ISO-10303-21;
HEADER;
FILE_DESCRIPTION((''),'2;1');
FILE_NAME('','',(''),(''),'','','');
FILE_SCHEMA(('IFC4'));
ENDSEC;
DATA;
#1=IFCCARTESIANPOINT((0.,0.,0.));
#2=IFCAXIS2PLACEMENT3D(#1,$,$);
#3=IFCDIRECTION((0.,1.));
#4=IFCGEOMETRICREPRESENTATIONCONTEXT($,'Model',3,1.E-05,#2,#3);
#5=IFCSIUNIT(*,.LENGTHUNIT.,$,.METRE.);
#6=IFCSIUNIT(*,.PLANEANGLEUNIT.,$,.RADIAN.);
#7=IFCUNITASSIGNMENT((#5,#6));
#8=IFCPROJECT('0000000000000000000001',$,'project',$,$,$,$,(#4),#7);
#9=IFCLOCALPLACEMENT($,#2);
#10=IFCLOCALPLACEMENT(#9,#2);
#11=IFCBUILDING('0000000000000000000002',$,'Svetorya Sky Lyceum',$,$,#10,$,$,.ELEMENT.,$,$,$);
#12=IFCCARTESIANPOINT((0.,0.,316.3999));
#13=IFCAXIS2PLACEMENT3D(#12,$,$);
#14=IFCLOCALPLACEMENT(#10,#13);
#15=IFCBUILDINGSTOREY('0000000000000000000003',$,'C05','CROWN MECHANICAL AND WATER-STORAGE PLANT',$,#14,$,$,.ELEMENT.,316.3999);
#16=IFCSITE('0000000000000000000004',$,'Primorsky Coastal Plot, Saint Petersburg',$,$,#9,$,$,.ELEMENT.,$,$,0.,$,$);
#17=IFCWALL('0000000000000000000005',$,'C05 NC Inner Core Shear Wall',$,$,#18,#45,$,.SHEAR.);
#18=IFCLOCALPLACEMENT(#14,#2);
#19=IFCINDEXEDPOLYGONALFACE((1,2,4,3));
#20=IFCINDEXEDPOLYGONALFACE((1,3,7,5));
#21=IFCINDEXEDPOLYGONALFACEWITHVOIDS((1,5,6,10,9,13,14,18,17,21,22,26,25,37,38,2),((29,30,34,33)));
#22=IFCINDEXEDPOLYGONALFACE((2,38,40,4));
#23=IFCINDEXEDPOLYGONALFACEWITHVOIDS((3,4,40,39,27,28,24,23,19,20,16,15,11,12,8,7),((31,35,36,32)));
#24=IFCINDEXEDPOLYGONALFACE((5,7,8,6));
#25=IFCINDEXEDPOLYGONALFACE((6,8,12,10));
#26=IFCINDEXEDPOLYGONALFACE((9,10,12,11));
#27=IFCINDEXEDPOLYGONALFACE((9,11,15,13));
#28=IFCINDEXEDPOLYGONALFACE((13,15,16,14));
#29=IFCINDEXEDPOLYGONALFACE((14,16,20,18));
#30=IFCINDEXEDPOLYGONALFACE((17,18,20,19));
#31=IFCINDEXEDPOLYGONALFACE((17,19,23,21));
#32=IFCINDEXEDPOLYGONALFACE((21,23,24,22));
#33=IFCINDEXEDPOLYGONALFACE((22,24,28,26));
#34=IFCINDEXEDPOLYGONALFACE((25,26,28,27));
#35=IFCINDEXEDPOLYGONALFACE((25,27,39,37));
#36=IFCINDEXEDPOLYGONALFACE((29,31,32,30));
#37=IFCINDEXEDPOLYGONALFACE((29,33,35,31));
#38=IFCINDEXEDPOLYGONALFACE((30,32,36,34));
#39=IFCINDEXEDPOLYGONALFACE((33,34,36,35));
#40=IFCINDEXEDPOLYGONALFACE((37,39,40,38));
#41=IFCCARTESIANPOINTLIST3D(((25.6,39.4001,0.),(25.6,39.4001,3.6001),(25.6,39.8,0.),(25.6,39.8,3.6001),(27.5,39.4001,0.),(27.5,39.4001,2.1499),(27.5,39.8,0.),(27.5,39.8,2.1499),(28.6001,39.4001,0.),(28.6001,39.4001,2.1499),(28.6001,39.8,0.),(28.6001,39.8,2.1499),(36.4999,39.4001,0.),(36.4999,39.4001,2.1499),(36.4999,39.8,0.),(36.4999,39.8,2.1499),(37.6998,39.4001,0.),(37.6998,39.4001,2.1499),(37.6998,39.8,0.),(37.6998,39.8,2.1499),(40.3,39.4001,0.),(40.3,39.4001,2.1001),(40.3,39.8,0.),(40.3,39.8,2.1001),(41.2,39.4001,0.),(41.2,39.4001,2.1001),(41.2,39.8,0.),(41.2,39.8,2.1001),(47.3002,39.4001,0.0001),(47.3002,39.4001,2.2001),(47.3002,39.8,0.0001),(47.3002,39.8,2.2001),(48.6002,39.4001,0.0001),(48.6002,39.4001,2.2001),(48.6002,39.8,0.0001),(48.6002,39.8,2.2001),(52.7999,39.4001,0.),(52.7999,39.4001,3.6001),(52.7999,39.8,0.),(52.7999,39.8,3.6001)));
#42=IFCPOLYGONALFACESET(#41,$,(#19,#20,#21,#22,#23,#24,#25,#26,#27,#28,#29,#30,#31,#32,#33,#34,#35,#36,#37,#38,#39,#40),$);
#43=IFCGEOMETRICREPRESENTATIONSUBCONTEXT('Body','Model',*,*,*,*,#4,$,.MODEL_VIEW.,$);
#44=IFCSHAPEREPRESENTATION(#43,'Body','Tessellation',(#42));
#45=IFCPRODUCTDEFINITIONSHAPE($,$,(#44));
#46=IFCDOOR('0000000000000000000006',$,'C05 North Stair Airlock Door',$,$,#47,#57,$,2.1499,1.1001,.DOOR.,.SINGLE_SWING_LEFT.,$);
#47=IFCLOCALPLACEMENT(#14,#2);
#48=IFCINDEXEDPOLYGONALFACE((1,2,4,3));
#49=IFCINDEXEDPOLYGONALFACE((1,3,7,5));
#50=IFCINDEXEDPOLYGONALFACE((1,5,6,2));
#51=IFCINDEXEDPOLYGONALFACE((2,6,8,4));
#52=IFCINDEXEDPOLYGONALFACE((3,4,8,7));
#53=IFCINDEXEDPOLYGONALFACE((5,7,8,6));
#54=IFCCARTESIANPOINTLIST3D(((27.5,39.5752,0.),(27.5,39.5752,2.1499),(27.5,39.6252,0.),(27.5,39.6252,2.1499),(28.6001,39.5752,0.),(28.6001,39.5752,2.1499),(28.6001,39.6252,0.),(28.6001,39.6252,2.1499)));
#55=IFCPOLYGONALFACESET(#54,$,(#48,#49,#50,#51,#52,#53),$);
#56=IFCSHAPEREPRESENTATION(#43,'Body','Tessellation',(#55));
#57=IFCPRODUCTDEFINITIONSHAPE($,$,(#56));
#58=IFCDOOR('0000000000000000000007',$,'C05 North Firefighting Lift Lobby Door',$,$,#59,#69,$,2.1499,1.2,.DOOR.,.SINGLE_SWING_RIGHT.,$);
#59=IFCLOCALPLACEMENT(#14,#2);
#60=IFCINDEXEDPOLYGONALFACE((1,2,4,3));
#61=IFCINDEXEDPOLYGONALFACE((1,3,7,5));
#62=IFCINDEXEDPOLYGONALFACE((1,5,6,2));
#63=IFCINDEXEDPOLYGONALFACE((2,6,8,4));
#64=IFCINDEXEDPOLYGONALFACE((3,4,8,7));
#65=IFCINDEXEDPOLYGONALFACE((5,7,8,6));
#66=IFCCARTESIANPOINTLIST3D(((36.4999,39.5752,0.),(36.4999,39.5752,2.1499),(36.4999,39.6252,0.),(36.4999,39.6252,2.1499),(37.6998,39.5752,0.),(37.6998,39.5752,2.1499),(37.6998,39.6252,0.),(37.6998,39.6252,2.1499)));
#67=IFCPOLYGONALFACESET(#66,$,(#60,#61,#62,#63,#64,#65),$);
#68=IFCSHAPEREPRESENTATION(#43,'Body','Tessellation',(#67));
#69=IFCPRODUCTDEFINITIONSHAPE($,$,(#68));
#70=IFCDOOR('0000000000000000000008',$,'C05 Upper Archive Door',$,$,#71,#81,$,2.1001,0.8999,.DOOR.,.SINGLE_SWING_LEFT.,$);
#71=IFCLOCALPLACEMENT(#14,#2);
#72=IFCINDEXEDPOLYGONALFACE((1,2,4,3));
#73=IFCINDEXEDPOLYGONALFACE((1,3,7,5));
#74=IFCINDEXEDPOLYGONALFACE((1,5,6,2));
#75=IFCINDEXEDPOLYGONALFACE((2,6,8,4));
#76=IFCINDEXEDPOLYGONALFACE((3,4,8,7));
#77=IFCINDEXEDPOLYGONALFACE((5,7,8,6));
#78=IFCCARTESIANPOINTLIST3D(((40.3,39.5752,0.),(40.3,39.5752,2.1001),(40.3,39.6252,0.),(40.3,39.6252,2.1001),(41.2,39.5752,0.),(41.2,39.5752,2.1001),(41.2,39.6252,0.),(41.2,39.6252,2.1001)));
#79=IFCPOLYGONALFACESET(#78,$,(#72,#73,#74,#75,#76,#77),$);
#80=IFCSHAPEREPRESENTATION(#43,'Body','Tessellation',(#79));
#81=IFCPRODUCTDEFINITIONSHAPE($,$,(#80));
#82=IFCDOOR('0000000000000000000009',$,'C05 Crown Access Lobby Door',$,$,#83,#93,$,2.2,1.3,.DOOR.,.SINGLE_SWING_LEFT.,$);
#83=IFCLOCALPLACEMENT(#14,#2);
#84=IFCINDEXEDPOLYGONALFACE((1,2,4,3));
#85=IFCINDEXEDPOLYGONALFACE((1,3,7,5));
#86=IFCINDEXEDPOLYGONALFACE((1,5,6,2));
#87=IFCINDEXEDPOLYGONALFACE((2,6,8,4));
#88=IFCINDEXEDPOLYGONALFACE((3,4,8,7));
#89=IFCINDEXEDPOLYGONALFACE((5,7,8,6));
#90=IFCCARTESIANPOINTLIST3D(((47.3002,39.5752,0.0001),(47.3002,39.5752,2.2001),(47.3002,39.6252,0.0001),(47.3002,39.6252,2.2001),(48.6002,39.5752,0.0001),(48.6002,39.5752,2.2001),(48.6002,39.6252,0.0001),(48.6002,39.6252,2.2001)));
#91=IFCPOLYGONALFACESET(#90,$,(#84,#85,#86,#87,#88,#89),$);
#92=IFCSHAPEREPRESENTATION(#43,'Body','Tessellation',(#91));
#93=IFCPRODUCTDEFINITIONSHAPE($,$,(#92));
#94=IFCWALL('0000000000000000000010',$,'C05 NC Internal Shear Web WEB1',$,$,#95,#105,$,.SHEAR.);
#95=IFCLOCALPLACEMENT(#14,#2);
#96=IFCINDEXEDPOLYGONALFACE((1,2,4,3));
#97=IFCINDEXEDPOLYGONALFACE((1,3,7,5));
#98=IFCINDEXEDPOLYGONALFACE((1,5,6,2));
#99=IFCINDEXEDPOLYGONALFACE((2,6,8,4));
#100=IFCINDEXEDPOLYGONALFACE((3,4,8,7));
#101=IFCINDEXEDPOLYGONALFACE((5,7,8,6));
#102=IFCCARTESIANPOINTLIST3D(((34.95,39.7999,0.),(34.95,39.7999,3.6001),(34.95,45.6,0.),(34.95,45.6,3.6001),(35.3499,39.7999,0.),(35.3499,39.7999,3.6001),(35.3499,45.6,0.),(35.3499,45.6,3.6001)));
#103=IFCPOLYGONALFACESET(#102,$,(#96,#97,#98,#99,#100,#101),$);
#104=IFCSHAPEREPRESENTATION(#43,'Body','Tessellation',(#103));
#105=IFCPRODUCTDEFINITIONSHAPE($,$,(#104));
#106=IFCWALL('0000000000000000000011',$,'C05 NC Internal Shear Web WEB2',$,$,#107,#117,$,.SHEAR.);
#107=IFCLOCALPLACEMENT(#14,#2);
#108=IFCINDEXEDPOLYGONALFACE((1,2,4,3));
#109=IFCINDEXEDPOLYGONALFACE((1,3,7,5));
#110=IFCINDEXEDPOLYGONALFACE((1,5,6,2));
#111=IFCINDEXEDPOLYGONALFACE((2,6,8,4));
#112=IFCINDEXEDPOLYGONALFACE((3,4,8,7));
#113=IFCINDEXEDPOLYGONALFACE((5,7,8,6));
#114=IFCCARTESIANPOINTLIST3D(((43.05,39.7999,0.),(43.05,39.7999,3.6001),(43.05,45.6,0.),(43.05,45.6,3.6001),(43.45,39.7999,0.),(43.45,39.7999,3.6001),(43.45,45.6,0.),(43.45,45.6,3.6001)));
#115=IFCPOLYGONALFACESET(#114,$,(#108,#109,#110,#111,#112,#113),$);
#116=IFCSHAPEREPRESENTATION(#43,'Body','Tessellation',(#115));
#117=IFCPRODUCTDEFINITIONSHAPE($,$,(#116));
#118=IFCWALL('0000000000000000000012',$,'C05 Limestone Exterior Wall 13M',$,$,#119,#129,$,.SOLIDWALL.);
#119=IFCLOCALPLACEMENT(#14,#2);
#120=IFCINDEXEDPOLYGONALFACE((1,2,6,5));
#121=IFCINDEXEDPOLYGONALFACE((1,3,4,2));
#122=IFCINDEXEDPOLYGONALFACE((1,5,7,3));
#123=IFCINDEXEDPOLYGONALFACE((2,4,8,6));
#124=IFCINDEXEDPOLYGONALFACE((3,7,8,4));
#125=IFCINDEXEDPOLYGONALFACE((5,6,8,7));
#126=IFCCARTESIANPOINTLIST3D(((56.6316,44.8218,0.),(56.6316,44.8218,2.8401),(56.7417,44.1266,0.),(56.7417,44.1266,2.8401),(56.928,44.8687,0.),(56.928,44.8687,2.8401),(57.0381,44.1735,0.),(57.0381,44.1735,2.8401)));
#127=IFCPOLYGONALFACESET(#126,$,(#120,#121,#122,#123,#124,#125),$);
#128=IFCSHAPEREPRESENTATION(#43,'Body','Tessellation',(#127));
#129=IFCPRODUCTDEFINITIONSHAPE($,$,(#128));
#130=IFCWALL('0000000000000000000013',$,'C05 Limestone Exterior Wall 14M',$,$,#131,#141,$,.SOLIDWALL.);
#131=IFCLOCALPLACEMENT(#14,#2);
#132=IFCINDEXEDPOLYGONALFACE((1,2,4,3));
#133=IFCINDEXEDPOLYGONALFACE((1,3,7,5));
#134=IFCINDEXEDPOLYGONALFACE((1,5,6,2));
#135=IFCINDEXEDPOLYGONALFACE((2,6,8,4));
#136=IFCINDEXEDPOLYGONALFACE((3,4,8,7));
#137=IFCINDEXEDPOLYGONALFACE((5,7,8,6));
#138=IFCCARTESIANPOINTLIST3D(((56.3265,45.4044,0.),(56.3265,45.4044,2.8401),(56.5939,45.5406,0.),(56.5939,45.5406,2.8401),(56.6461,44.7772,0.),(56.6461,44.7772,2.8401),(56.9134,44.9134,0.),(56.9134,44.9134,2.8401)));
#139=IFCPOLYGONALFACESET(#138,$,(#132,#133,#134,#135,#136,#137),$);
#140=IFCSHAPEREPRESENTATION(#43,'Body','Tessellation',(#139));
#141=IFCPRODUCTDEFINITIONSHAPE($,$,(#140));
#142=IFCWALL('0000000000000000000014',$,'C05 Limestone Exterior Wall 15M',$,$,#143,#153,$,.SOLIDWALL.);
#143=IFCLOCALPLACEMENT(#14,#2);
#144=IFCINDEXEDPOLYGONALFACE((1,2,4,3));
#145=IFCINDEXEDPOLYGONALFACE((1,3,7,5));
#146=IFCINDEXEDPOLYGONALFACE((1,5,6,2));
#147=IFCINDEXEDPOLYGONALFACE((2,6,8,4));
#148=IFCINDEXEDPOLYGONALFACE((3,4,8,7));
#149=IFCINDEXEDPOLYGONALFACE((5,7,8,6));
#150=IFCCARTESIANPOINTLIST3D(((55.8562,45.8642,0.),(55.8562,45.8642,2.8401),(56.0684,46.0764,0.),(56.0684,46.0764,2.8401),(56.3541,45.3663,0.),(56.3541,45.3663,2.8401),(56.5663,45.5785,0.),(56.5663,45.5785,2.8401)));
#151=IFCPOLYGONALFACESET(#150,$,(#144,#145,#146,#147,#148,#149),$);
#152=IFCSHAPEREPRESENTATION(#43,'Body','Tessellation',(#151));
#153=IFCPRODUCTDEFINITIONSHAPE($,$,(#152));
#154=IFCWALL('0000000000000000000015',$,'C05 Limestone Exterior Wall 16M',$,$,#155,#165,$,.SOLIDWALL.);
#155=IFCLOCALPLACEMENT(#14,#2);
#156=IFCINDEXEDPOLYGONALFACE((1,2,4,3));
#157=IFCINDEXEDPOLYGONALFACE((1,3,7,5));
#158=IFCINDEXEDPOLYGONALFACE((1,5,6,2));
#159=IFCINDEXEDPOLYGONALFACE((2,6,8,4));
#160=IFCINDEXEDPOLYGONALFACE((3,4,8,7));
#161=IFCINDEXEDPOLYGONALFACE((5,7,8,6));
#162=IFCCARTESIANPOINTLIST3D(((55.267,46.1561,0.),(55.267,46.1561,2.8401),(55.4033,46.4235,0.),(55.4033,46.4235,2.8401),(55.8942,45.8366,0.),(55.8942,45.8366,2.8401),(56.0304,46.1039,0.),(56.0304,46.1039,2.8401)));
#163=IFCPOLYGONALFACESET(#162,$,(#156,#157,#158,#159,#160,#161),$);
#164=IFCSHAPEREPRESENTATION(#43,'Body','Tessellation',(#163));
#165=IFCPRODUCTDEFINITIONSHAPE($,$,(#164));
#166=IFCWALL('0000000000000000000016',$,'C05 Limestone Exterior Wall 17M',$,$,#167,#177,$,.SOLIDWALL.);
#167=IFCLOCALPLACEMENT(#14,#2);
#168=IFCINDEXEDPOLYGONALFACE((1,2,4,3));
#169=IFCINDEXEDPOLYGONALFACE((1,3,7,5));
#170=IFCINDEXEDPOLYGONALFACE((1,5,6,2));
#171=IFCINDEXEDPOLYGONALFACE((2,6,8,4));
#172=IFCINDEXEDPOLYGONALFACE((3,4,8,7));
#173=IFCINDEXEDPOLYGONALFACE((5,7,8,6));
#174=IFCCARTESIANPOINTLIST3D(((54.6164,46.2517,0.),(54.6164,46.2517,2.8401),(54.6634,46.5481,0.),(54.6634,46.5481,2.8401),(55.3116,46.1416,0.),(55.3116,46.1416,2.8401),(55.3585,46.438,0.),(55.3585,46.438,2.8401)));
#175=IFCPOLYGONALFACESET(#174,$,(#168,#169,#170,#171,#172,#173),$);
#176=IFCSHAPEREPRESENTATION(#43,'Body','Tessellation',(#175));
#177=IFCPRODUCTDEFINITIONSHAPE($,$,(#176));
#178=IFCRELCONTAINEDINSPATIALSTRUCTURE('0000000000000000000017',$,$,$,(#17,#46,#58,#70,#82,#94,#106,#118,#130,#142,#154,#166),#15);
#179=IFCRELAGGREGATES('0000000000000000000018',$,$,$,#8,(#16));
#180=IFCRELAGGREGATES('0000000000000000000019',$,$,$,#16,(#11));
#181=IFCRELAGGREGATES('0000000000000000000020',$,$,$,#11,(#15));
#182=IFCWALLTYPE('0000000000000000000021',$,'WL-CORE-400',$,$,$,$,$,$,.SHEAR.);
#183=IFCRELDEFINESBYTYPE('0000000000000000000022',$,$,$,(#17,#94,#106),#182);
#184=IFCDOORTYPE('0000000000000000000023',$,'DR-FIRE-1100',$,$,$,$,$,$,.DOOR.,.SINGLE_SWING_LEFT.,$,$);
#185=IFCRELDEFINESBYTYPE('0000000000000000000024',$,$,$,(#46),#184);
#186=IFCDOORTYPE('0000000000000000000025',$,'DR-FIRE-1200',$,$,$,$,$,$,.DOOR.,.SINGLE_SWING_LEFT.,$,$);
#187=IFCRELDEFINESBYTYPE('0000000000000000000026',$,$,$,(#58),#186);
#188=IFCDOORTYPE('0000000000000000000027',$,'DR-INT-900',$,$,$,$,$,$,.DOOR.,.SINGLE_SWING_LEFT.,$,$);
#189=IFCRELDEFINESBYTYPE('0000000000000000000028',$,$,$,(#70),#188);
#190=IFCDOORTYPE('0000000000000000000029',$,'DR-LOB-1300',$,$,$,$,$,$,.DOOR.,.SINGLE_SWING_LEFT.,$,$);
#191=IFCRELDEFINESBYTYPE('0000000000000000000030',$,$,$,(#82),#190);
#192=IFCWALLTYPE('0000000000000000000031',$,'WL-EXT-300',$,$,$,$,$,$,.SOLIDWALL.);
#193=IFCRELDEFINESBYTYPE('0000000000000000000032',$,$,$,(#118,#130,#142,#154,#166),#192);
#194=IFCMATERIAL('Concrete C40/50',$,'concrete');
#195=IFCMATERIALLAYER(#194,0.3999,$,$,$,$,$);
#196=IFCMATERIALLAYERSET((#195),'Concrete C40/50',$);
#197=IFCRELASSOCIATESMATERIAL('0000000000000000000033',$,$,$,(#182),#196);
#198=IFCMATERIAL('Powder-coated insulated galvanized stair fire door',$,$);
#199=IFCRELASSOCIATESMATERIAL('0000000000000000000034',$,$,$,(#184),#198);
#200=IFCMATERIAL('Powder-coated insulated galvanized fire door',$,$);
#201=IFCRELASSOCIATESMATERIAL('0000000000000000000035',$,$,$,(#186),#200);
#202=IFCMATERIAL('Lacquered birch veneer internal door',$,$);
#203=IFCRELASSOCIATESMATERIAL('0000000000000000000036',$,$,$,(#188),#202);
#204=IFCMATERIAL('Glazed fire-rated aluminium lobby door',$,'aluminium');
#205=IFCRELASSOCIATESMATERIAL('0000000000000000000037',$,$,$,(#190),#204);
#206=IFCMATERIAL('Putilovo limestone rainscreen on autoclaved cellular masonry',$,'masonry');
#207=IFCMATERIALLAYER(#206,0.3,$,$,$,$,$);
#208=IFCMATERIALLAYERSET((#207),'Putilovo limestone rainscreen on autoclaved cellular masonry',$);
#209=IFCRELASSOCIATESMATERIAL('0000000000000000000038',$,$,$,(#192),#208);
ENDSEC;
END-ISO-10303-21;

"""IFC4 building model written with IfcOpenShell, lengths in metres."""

from ifc_helpers import new_model, si_unit, direction, frame, frame_2d, origin, place, context, subcontext, project, spatial, rectangle, extrude, material, layer, layer_set, type_object, element, fill, save


model = new_model("IFC4")

# Units and contexts
model_context = context("Model", 3, precision=1e-05, world=origin(), true_north=direction((0.0, 1.0)))
body_context = subcontext(model_context, "Body", "Model", "MODEL_VIEW")
ifc_project = project(units=[si_unit("LENGTHUNIT", "METRE"), si_unit("PLANEANGLEUNIT", "RADIAN")], contexts=[model_context])

# Site, building, storey
site_placement = place(None, origin())
site = spatial("IfcSite", under=ifc_project, at=site_placement, Name="Primorsky Coastal Plot, Saint Petersburg", CompositionType="ELEMENT", RefElevation=0.0)
building_placement = place(site_placement, origin())
building = spatial("IfcBuilding", under=site, at=building_placement, Name="Svetorya Sky Lyceum", CompositionType="ELEMENT")
storey_placement = place(building_placement, frame((0.0, 0.0, 316.3999)))
storey = spatial("IfcBuildingStorey", under=building, at=storey_placement, Name="C05", Description="CROWN MECHANICAL AND WATER-STORAGE PLANT", CompositionType="ELEMENT", Elevation=316.3999)

# Shared definitions
ifc_material_1 = material(Name="Concrete C40/50", Category="concrete")

# Shared definitions
ifc_layer_1 = layer(ifc_material_1, 0.3999)
ifc_layer_set_1 = layer_set([ifc_layer_1], Name="Concrete C40/50")
wall_type_1 = type_object("IfcWallType", Name="WL-CORE-400", PredefinedType="SHEAR", material=ifc_layer_set_1)

# Wall, openings, doors
wall_1_placement = place(storey_placement, frame((52.8, 39.6001, 0.0), z_axis=(0.0, 0.0, 1.0), x_axis=(-1.0, 0.0, 0.0)))
wall_1 = element("IfcWall", 1, at=wall_1_placement, inside=storey, type_object=wall_type_1, Name="C05 NC Inner Core Shear Wall", PredefinedType="SHEAR", context=body_context, shape_type="SweptSolid", body=[
    extrude(rectangle(XDim=27.2, YDim=0.3999, at=frame_2d((13.6001, 0.0))), origin(), (0.0, 0.0, 1.0), 3.6001),
])
opening_1_placement = place(wall_1_placement, frame((24.2, 0.0, 0.0)))
opening_1 = element("IfcOpeningElement", 2, at=opening_1_placement, cuts=wall_1, PredefinedType="OPENING", context=body_context, shape_type="SweptSolid", body=[
    extrude(rectangle(XDim=1.1001, YDim=2.1499, at=frame_2d((0.55, 1.075))), frame((0.0, 0.21, 0.0), z_axis=(0.0, -1.0, 0.0), x_axis=(1.0, 0.0, 0.0)), (0.0, 0.0, 1.0), 0.4199),
])
opening_2_placement = place(wall_1_placement, frame((15.1001, 0.0, 0.0)))
opening_2 = element("IfcOpeningElement", 3, at=opening_2_placement, cuts=wall_1, PredefinedType="OPENING", context=body_context, shape_type="SweptSolid", body=[
    extrude(rectangle(XDim=1.2, YDim=2.1499, at=frame_2d((0.6001, 1.075))), frame((0.0, 0.21, 0.0), z_axis=(0.0, -1.0, 0.0), x_axis=(1.0, 0.0, 0.0)), (0.0, 0.0, 1.0), 0.4199),
])
opening_3_placement = place(wall_1_placement, frame((11.6001, 0.0, 0.0)))
opening_3 = element("IfcOpeningElement", 4, at=opening_3_placement, cuts=wall_1, PredefinedType="OPENING", context=body_context, shape_type="SweptSolid", body=[
    extrude(rectangle(XDim=0.8999, YDim=2.1001, at=frame_2d((0.45, 1.05))), frame((0.0, 0.21, 0.0), z_axis=(0.0, -1.0, 0.0), x_axis=(1.0, 0.0, 0.0)), (0.0, 0.0, 1.0), 0.4199),
])
opening_4_placement = place(wall_1_placement, frame((4.2, 0.0, 0.0)))
opening_4 = element("IfcOpeningElement", 5, at=opening_4_placement, cuts=wall_1, PredefinedType="OPENING", context=body_context, shape_type="SweptSolid", body=[
    extrude(rectangle(XDim=1.3, YDim=2.2, at=frame_2d((0.6499, 1.1001))), frame((0.0, 0.21, 0.0), z_axis=(0.0, -1.0, 0.0), x_axis=(1.0, 0.0, 0.0)), (0.0, 0.0, 1.0), 0.4199),
])
ifc_material_2 = material(Name="Powder-coated insulated galvanized stair fire door")
door_type_1 = type_object("IfcDoorType", Name="DR-FIRE-1100", OperationType="SINGLE_SWING_LEFT", PredefinedType="DOOR", material=ifc_material_2)
door_1_placement = place(opening_1_placement, origin())
door_1 = element("IfcDoor", 6, at=door_1_placement, inside=storey, type_object=door_type_1, Name="C05 North Stair Airlock Door", OperationType="SINGLE_SWING_LEFT", OverallHeight=2.1499, OverallWidth=1.1001, PredefinedType="DOOR", context=body_context, shape_type="SweptSolid", body=[
    extrude(rectangle(XDim=1.1001, YDim=2.1499, at=frame_2d((0.55, 1.075))), frame((0.0, 0.0249, 0.0), z_axis=(0.0, -1.0, 0.0), x_axis=(1.0, 0.0, 0.0)), (0.0, 0.0, 1.0), 0.05),
])
fill(opening_1, door_1)
ifc_material_3 = material(Name="Powder-coated insulated galvanized fire door")
door_type_2 = type_object("IfcDoorType", Name="DR-FIRE-1200", OperationType="SINGLE_SWING_LEFT", PredefinedType="DOOR", material=ifc_material_3)
door_2_placement = place(opening_2_placement, origin())
door_2 = element("IfcDoor", 7, at=door_2_placement, inside=storey, type_object=door_type_2, Name="C05 North Firefighting Lift Lobby Door", OperationType="SINGLE_SWING_RIGHT", OverallHeight=2.1499, OverallWidth=1.2, PredefinedType="DOOR", context=body_context, shape_type="SweptSolid", body=[
    extrude(rectangle(XDim=1.2, YDim=2.1499, at=frame_2d((0.6001, 1.075))), frame((0.0, 0.0249, 0.0), z_axis=(0.0, -1.0, 0.0), x_axis=(1.0, 0.0, 0.0)), (0.0, 0.0, 1.0), 0.05),
])
fill(opening_2, door_2)
ifc_material_4 = material(Name="Lacquered birch veneer internal door")
door_type_3 = type_object("IfcDoorType", Name="DR-INT-900", OperationType="SINGLE_SWING_LEFT", PredefinedType="DOOR", material=ifc_material_4)
door_3_placement = place(opening_3_placement, origin())
door_3 = element("IfcDoor", 8, at=door_3_placement, inside=storey, type_object=door_type_3, Name="C05 Upper Archive Door", OperationType="SINGLE_SWING_LEFT", OverallHeight=2.1001, OverallWidth=0.8999, PredefinedType="DOOR", context=body_context, shape_type="SweptSolid", body=[
    extrude(rectangle(XDim=0.8999, YDim=2.1001, at=frame_2d((0.45, 1.05))), frame((0.0, 0.0249, 0.0), z_axis=(0.0, -1.0, 0.0), x_axis=(1.0, 0.0, 0.0)), (0.0, 0.0, 1.0), 0.05),
])
fill(opening_3, door_3)
ifc_material_5 = material(Name="Glazed fire-rated aluminium lobby door", Category="aluminium")
door_type_4 = type_object("IfcDoorType", Name="DR-LOB-1300", OperationType="SINGLE_SWING_LEFT", PredefinedType="DOOR", material=ifc_material_5)
door_4_placement = place(opening_4_placement, origin())
door_4 = element("IfcDoor", 9, at=door_4_placement, inside=storey, type_object=door_type_4, Name="C05 Crown Access Lobby Door", OperationType="SINGLE_SWING_LEFT", OverallHeight=2.2, OverallWidth=1.3, PredefinedType="DOOR", context=body_context, shape_type="SweptSolid", body=[
    extrude(rectangle(XDim=1.3, YDim=2.2, at=frame_2d((0.6499, 1.1001))), frame((0.0, 0.0249, 0.0), z_axis=(0.0, -1.0, 0.0), x_axis=(1.0, 0.0, 0.0)), (0.0, 0.0, 1.0), 0.05),
])
fill(opening_4, door_4)

# Walls
for number, where, z_axis, x_axis, name in (
    (10, (35.1499, 39.8, 0.0), (0.0, 0.0, 1.0), (0.0, 1.0, 0.0), "C05 NC Internal Shear Web WEB1"),
    (11, (43.25, 39.8, 0.0), (0.0, 0.0, 1.0), (0.0, 1.0, 0.0), "C05 NC Internal Shear Web WEB2"),
):
    element("IfcWall", number, at=place(storey_placement, frame(where, z_axis=z_axis, x_axis=x_axis)), inside=storey, type_object=wall_type_1, Name=name, PredefinedType="SHEAR", context=body_context, shape_type="SweptSolid", body=[
        extrude(rectangle(XDim=5.8, YDim=0.3999, at=frame_2d((2.8999, 0.0))), origin(), (0.0, 0.0, 1.0), 3.6001),
    ])
ifc_material_6 = material(Name="Putilovo limestone rainscreen on autoclaved cellular masonry", Category="masonry")
ifc_layer_2 = layer(ifc_material_6, 0.3)
ifc_layer_set_2 = layer_set([ifc_layer_2], Name="Putilovo limestone rainscreen on autoclaved cellular masonry")
wall_type_2 = type_object("IfcWallType", Name="WL-EXT-300", PredefinedType="SOLIDWALL", material=ifc_layer_set_2)
for number, where, z_axis, x_axis, name in (
    (12, (56.8899, 44.1499, 0.0), (0.0, 0.0, 1.0), (-0.156408, 0.987693, 0.0), "C05 Limestone Exterior Wall 13M"),
    (13, (56.7798, 44.8452, 0.0), (0.0, 0.0, 1.0), (-0.453999, 0.891002, 0.0), "C05 Limestone Exterior Wall 14M"),
):
    element("IfcWall", number, at=place(storey_placement, frame(where, z_axis=z_axis, x_axis=x_axis)), inside=storey, type_object=wall_type_2, Name=name, PredefinedType="SOLIDWALL", context=body_context, shape_type="SweptSolid", body=[
        extrude(rectangle(XDim=0.7039, YDim=0.3, at=frame_2d((0.3521, 0.0))), origin(), (0.0, 0.0, 1.0), 2.8401),
    ])
wall_2_placement = place(storey_placement, frame((56.4602, 45.4724, 0.0), z_axis=(0.0, 0.0, 1.0), x_axis=(-0.707107, 0.707107, 0.0)))
element("IfcWall", 14, at=wall_2_placement, inside=storey, type_object=wall_type_2, Name="C05 Limestone Exterior Wall 15M", PredefinedType="SOLIDWALL", context=body_context, shape_type="SweptSolid", body=[
    extrude(rectangle(XDim=0.7041, YDim=0.3, at=frame_2d((0.3521, 0.0))), origin(), (0.0, 0.0, 1.0), 2.8401),
])
for number, where, z_axis, x_axis, name in (
    (15, (55.9624, 45.9702, 0.0), (0.0, 0.0, 1.0), (-0.891002, 0.453999, 0.0), "C05 Limestone Exterior Wall 16M"),
    (16, (55.3352, 46.2898, 0.0), (0.0, 0.0, 1.0), (-0.987693, 0.156408, 0.0), "C05 Limestone Exterior Wall 17M"),
):
    element("IfcWall", number, at=place(storey_placement, frame(where, z_axis=z_axis, x_axis=x_axis)), inside=storey, type_object=wall_type_2, Name=name, PredefinedType="SOLIDWALL", context=body_context, shape_type="SweptSolid", body=[
        extrude(rectangle(XDim=0.7039, YDim=0.3, at=frame_2d((0.3521, 0.0))), origin(), (0.0, 0.0, 1.0), 2.8401),
    ])

save(model, "model.ifc")
